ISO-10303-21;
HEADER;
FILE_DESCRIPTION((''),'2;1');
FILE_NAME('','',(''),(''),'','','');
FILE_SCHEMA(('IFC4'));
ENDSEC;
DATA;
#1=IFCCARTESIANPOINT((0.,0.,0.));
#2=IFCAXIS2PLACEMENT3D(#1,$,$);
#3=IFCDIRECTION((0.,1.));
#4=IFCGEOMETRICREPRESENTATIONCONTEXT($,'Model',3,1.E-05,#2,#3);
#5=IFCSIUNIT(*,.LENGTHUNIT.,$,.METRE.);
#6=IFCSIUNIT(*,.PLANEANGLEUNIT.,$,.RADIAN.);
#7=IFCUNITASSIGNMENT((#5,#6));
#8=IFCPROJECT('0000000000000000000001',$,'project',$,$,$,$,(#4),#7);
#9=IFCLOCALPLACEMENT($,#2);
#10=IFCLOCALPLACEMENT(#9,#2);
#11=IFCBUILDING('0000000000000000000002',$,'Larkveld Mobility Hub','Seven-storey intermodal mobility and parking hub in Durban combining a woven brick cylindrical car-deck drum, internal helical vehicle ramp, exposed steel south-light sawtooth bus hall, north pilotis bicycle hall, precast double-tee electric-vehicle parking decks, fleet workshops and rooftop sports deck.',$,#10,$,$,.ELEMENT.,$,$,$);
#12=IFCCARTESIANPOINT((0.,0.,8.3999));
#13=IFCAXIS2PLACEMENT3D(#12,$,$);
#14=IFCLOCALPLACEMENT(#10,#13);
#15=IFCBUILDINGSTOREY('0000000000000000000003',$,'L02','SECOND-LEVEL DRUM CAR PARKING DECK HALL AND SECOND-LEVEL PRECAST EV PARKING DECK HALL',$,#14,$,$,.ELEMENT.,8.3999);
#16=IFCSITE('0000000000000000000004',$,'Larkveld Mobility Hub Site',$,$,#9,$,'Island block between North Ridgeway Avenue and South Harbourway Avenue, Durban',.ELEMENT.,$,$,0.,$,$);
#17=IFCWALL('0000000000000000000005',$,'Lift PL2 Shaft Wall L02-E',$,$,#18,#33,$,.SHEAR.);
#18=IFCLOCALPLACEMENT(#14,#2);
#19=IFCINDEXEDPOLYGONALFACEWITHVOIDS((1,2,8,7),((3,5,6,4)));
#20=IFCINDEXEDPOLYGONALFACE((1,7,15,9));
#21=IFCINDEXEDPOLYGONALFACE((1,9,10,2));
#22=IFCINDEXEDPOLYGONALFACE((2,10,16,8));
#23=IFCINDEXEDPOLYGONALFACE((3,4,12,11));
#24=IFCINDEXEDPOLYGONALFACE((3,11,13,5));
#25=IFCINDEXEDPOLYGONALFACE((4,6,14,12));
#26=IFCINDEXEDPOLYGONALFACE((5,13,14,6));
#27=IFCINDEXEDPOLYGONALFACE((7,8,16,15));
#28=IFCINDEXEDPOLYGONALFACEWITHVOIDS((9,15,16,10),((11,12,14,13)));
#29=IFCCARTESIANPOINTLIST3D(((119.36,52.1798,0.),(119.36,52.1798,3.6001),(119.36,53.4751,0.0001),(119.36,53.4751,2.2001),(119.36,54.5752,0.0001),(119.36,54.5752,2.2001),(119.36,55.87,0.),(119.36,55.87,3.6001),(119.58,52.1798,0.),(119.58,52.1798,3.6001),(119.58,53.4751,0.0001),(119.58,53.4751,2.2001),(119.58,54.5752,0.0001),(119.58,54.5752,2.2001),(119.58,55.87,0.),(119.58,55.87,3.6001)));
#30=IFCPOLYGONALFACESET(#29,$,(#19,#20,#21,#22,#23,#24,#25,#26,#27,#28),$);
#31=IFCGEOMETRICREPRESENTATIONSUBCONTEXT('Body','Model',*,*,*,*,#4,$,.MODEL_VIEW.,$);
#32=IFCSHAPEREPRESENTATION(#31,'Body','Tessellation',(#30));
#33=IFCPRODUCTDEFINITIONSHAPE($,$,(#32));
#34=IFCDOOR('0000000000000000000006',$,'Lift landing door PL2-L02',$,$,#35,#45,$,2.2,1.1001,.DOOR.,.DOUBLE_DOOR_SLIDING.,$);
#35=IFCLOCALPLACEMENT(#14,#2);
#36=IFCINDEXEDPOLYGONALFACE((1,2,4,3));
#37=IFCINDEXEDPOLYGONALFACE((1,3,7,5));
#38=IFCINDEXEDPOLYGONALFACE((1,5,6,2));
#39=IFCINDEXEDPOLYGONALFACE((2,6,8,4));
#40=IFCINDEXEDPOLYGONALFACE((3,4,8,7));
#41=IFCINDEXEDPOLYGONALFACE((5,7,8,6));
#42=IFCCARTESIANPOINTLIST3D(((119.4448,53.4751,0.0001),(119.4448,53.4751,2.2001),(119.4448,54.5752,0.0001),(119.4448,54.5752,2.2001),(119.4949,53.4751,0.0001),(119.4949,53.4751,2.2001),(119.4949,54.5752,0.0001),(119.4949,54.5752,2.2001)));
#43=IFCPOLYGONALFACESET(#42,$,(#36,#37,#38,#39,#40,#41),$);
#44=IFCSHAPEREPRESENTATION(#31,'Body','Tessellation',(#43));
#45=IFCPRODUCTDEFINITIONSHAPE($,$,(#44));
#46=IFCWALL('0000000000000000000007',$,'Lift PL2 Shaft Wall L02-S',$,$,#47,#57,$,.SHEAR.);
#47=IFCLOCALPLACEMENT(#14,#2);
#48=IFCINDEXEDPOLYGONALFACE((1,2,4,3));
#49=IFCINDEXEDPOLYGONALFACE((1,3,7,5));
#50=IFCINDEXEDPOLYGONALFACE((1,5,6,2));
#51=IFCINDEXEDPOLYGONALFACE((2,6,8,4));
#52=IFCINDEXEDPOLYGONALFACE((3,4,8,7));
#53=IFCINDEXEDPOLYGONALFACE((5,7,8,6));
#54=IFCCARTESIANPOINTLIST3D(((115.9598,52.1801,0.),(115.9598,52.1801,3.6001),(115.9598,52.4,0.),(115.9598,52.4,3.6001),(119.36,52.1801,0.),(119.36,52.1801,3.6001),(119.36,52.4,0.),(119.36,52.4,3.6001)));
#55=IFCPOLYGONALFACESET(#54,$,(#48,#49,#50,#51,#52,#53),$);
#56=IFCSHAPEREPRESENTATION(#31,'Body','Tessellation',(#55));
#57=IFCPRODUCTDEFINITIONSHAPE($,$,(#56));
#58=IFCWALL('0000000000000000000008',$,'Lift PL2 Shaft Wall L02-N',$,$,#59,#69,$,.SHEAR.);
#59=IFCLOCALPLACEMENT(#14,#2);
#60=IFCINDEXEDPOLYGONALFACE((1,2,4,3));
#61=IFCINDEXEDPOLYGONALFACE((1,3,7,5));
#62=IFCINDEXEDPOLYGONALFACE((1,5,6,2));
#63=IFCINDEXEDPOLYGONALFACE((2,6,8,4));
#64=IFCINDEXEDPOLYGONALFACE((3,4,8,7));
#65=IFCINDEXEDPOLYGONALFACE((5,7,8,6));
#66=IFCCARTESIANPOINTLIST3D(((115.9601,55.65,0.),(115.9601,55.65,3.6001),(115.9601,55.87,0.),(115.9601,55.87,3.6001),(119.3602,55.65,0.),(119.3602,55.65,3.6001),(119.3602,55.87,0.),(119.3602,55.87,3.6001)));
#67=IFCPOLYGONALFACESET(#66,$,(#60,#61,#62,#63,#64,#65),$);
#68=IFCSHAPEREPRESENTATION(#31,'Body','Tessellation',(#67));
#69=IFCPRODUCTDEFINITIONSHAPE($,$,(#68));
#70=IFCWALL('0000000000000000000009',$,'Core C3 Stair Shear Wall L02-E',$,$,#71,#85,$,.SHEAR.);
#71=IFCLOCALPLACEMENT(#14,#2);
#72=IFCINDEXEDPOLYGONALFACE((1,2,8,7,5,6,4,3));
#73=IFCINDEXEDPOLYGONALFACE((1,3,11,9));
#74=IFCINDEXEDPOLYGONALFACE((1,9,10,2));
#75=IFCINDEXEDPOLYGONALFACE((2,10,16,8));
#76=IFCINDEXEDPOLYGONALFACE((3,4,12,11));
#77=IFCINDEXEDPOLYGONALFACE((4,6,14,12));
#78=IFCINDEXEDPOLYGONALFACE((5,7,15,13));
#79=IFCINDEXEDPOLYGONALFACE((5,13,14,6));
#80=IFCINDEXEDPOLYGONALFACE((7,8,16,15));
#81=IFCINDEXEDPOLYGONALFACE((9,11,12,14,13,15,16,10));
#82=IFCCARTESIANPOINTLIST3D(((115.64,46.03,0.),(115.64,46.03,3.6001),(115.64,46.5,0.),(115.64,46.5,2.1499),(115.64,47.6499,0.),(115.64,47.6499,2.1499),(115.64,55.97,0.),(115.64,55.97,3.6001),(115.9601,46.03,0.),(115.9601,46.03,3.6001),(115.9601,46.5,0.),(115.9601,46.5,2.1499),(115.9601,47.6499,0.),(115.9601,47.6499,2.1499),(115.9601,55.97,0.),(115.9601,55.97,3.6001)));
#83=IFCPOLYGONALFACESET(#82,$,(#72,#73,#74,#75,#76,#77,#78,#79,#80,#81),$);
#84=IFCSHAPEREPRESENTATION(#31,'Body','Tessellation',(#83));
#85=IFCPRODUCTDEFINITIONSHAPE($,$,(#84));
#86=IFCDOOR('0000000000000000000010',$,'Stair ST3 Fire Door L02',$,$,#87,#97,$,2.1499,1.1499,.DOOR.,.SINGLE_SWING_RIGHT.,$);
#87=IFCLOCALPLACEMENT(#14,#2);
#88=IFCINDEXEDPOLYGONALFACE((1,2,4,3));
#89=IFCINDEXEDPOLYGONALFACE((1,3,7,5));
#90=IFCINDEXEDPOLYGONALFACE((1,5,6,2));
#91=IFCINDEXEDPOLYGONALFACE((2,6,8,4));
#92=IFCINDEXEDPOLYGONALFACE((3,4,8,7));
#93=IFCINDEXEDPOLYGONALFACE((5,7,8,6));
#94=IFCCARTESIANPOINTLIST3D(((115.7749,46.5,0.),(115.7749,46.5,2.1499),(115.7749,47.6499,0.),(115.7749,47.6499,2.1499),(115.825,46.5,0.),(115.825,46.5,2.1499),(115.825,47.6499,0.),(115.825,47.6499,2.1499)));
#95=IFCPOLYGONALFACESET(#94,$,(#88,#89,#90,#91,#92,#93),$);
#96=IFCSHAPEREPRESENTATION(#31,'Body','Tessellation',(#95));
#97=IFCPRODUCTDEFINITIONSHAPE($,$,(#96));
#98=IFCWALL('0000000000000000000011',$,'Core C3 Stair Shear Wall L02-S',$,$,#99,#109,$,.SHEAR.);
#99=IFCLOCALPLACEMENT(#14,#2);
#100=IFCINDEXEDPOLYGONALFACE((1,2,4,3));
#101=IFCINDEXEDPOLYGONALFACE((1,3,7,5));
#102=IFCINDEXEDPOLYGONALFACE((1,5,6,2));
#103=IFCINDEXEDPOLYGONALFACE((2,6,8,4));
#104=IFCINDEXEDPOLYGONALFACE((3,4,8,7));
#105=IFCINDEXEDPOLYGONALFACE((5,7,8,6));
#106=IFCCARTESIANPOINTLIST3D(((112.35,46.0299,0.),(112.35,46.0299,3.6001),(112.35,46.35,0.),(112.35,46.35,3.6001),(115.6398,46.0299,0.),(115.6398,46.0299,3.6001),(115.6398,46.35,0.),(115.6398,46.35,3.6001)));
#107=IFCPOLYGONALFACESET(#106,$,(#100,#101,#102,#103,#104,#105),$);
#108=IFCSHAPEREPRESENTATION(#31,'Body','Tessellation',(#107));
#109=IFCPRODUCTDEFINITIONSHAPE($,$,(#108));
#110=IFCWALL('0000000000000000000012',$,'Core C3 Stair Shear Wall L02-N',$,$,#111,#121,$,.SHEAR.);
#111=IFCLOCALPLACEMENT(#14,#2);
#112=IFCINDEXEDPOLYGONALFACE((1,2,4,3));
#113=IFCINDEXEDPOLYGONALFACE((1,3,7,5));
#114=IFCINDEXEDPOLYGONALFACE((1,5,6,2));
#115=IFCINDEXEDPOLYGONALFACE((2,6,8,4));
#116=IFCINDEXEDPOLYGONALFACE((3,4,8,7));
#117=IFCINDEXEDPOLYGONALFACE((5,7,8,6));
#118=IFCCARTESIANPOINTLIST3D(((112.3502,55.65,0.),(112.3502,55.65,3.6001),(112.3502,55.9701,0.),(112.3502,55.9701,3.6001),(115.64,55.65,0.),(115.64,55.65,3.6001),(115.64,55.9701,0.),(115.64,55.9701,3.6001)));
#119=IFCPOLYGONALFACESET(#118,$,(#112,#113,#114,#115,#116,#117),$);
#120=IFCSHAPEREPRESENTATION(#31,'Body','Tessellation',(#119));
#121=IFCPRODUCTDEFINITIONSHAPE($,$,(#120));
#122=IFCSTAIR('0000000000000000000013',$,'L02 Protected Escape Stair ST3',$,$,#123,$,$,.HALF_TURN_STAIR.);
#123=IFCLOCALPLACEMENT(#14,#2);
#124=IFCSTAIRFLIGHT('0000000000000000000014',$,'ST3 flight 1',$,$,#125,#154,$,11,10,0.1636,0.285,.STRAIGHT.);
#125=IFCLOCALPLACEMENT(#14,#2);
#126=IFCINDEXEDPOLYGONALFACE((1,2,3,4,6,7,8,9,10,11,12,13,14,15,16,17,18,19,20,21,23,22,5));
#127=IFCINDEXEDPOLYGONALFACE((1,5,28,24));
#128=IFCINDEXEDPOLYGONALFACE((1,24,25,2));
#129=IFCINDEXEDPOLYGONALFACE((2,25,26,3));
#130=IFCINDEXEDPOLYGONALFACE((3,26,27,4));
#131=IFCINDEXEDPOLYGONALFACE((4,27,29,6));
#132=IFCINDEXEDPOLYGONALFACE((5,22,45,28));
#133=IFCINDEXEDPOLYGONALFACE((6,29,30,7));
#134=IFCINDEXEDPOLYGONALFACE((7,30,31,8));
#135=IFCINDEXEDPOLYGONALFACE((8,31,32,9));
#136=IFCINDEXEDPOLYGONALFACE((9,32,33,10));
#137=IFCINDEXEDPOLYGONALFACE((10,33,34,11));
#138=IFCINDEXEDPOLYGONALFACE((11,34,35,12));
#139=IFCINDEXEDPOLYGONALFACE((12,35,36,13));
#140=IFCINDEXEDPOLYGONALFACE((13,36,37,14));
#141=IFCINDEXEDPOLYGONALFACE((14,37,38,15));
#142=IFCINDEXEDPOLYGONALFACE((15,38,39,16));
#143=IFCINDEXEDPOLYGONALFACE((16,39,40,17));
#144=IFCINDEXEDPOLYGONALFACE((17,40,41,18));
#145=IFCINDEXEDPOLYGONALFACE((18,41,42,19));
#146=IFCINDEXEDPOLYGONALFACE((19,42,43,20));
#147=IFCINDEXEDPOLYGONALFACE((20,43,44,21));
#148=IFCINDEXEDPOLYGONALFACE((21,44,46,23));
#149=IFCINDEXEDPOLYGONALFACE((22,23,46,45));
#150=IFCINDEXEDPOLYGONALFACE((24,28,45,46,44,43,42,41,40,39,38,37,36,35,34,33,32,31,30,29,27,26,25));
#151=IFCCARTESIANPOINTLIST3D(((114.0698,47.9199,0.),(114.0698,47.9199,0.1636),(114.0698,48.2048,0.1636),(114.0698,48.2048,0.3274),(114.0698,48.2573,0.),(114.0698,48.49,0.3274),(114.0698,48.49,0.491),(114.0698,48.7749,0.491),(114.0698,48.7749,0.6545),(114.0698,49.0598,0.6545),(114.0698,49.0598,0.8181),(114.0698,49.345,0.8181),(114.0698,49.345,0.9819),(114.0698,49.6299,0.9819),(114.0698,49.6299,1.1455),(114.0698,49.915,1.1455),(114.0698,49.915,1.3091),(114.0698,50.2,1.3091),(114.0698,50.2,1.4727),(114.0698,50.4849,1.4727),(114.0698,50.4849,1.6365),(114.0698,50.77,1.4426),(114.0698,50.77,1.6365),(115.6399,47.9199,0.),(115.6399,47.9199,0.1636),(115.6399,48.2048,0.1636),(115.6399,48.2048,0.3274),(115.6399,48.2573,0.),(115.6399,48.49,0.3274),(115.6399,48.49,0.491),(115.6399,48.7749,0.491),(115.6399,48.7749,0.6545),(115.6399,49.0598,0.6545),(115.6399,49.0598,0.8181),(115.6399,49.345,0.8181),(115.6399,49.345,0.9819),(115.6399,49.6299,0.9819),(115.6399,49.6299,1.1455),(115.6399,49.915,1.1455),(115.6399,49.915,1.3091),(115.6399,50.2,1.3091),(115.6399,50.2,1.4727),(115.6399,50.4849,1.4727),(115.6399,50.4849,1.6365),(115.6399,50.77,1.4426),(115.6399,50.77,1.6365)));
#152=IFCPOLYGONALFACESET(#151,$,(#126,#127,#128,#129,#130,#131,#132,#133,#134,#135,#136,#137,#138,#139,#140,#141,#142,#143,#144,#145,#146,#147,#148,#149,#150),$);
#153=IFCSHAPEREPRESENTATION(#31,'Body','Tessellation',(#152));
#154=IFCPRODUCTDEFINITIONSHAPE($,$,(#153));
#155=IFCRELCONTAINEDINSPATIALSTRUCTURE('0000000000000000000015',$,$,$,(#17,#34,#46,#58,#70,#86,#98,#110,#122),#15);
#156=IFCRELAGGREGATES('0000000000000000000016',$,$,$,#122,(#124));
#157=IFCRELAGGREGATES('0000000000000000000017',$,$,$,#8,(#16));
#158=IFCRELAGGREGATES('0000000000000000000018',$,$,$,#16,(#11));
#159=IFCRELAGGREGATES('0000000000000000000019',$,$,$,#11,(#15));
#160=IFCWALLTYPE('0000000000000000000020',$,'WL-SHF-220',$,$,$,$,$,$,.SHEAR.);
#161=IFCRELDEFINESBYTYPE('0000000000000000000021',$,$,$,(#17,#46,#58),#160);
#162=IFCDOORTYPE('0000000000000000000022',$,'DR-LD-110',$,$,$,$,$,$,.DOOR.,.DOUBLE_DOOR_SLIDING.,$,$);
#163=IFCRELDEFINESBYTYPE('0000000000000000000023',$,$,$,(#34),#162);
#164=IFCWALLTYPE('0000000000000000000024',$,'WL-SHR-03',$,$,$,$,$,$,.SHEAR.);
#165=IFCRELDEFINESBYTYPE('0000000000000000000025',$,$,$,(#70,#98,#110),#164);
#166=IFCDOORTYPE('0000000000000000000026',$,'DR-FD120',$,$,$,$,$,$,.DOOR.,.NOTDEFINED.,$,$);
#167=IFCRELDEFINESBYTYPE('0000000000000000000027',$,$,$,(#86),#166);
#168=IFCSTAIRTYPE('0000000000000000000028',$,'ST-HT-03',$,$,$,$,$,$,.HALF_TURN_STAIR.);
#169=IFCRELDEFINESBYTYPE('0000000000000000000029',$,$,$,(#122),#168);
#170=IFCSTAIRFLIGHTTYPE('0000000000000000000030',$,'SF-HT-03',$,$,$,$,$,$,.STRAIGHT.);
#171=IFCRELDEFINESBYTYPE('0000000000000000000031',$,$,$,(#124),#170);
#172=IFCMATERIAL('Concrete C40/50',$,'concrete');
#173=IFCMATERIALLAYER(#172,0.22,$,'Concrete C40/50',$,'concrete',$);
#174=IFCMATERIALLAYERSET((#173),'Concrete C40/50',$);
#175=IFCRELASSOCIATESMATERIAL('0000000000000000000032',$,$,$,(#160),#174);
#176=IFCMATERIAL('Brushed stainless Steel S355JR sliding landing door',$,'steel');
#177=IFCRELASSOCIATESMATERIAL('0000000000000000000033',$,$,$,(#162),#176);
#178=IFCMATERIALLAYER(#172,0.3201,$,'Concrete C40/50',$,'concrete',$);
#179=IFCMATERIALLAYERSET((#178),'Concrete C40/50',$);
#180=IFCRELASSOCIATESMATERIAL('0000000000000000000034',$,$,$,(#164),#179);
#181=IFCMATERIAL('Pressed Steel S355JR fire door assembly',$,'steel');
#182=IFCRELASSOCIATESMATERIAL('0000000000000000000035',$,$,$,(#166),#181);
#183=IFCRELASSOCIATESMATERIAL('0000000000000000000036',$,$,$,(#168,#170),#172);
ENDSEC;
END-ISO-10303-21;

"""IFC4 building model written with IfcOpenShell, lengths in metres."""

from ifc_helpers import new_model, si_unit, direction, frame, frame_2d, origin, place, context, subcontext, project, spatial, polyline, rectangle, outline, extrude, material, layer, layer_set, type_object, element, fill, aggregate, save


model = new_model("IFC4")

# Units and contexts
model_context = context("Model", 3, precision=1e-05, world=origin(), true_north=direction((0.0, 1.0)))
body_context = subcontext(model_context, "Body", "Model", "MODEL_VIEW")
ifc_project = project(units=[si_unit("LENGTHUNIT", "METRE"), si_unit("PLANEANGLEUNIT", "RADIAN")], contexts=[model_context])

# Site, building, storey
site_placement = place(None, origin())
site = spatial("IfcSite", under=ifc_project, at=site_placement, Name="Larkveld Mobility Hub Site", LongName="Island block between North Ridgeway Avenue and South Harbourway Avenue, Durban", CompositionType="ELEMENT", RefElevation=0.0)
building_placement = place(site_placement, origin())
building = spatial("IfcBuilding", under=site, at=building_placement, Name="Larkveld Mobility Hub", Description="Seven-storey intermodal mobility and parking hub in Durban combining a woven brick cylindrical car-deck drum, internal helical vehicle ramp, exposed steel south-light sawtooth bus hall, north pilotis bicycle hall, precast double-tee electric-vehicle parking decks, fleet workshops and rooftop sports deck.", CompositionType="ELEMENT")
storey_placement = place(building_placement, frame((0.0, 0.0, 8.3999)))
storey = spatial("IfcBuildingStorey", under=building, at=storey_placement, Name="L02", Description="SECOND-LEVEL DRUM CAR PARKING DECK HALL AND SECOND-LEVEL PRECAST EV PARKING DECK HALL", CompositionType="ELEMENT", Elevation=8.3999)

# Shared definitions
ifc_material_1 = material(Name="Concrete C40/50", Category="concrete")

# Wall, opening, door
ifc_layer_1 = layer(ifc_material_1, 0.22, Name="Concrete C40/50", Category="concrete")
ifc_layer_set_1 = layer_set([ifc_layer_1], Name="Concrete C40/50")
wall_type_1 = type_object("IfcWallType", Name="WL-SHF-220", PredefinedType="SHEAR", material=ifc_layer_set_1)
wall_1_placement = place(storey_placement, frame((119.47, 55.8701, 0.0), z_axis=(0.0, 0.0, 1.0), x_axis=(0.0, -1.0, 0.0)))
wall_1 = element("IfcWall", 1, at=wall_1_placement, inside=storey, type_object=wall_type_1, Name="Lift PL2 Shaft Wall L02-E", PredefinedType="SHEAR", context=body_context, shape_type="SweptSolid", body=[
    extrude(rectangle(XDim=3.6902, YDim=0.22, at=frame_2d((1.8452, 0.0))), origin(), (0.0, 0.0, 1.0), 3.6001),
])
opening_1_placement = place(wall_1_placement, frame((1.2949, 0.0, 0.0)))
opening_1 = element("IfcOpeningElement", 2, at=opening_1_placement, cuts=wall_1, PredefinedType="OPENING", context=body_context, shape_type="SweptSolid", body=[
    extrude(rectangle(XDim=1.1001, YDim=2.2, at=frame_2d((0.55, 1.1001))), frame((0.0, 0.1201, 0.0), z_axis=(0.0, -1.0, 0.0), x_axis=(1.0, 0.0, 0.0)), (0.0, 0.0, 1.0), 0.24),
])
ifc_material_2 = material(Name="Brushed stainless Steel S355JR sliding landing door", Category="steel")
door_type_1 = type_object("IfcDoorType", Name="DR-LD-110", OperationType="DOUBLE_DOOR_SLIDING", PredefinedType="DOOR", material=ifc_material_2)
door_1_placement = place(opening_1_placement, origin())
door_1 = element("IfcDoor", 3, at=door_1_placement, inside=storey, type_object=door_type_1, Name="Lift landing door PL2-L02", OperationType="DOUBLE_DOOR_SLIDING", OverallHeight=2.2, OverallWidth=1.1001, PredefinedType="DOOR", context=body_context, shape_type="SweptSolid", body=[
    extrude(rectangle(XDim=1.1001, YDim=2.2, at=frame_2d((0.55, 1.1001))), frame((0.0, 0.0249, 0.0), z_axis=(0.0, -1.0, 0.0), x_axis=(1.0, 0.0, 0.0)), (0.0, 0.0, 1.0), 0.05),
])
fill(opening_1, door_1)

# Walls
for number, where, z_axis, x_axis, name in (
    (4, (119.3601, 52.29, 0.0), (0.0, 0.0, 1.0), (-1.0, 0.0, 0.0), "Lift PL2 Shaft Wall L02-S"),
    (5, (115.96, 55.76, 0.0), (0.0, 0.0, 1.0), (1.0, 0.0, 0.0), "Lift PL2 Shaft Wall L02-N"),
):
    element("IfcWall", number, at=place(storey_placement, frame(where, z_axis=z_axis, x_axis=x_axis)), inside=storey, type_object=wall_type_1, Name=name, PredefinedType="SHEAR", context=body_context, shape_type="SweptSolid", body=[
        extrude(rectangle(XDim=3.4001, YDim=0.22, at=frame_2d((1.7002, 0.0))), origin(), (0.0, 0.0, 1.0), 3.6001),
    ])

# Wall, opening, door
ifc_layer_2 = layer(ifc_material_1, 0.3201, Name="Concrete C40/50", Category="concrete")
ifc_layer_set_2 = layer_set([ifc_layer_2], Name="Concrete C40/50")
wall_type_2 = type_object("IfcWallType", Name="WL-SHR-03", PredefinedType="SHEAR", material=ifc_layer_set_2)
wall_2_placement = place(storey_placement, frame((115.8, 55.97, 0.0), z_axis=(0.0, 0.0, 1.0), x_axis=(0.0, -1.0, 0.0)))
wall_2 = element("IfcWall", 6, at=wall_2_placement, inside=storey, type_object=wall_type_2, Name="Core C3 Stair Shear Wall L02-E", PredefinedType="SHEAR", context=body_context, shape_type="SweptSolid", body=[
    extrude(rectangle(XDim=9.9399, YDim=0.3201, at=frame_2d((4.97, 0.0))), origin(), (0.0, 0.0, 1.0), 3.6001),
])
opening_2_placement = place(wall_2_placement, frame((8.3201, 0.0, 0.0)))
opening_2 = element("IfcOpeningElement", 7, at=opening_2_placement, cuts=wall_2, PredefinedType="OPENING", context=body_context, shape_type="SweptSolid", body=[
    extrude(rectangle(XDim=1.1499, YDim=2.1499, at=frame_2d((0.575, 1.075))), frame((0.0, 0.1699, 0.0), z_axis=(0.0, -1.0, 0.0), x_axis=(1.0, 0.0, 0.0)), (0.0, 0.0, 1.0), 0.3401),
])
ifc_material_3 = material(Name="Pressed Steel S355JR fire door assembly", Category="steel")
door_type_2 = type_object("IfcDoorType", Name="DR-FD120", OperationType="NOTDEFINED", PredefinedType="DOOR", material=ifc_material_3)
door_2_placement = place(opening_2_placement, origin())
door_2 = element("IfcDoor", 8, at=door_2_placement, inside=storey, type_object=door_type_2, Name="Stair ST3 Fire Door L02", OperationType="SINGLE_SWING_RIGHT", OverallHeight=2.1499, OverallWidth=1.1499, PredefinedType="DOOR", context=body_context, shape_type="SweptSolid", body=[
    extrude(rectangle(XDim=1.1499, YDim=2.1499, at=frame_2d((0.575, 1.075))), frame((0.0, 0.0249, 0.0), z_axis=(0.0, -1.0, 0.0), x_axis=(1.0, 0.0, 0.0)), (0.0, 0.0, 1.0), 0.05),
])
fill(opening_2, door_2)

# Walls
for number, where, z_axis, x_axis, name in (
    (9, (115.6399, 46.1899, 0.0), (0.0, 0.0, 1.0), (-1.0, 0.0, 0.0), "Core C3 Stair Shear Wall L02-S"),
    (10, (112.3501, 55.8101, 0.0), (0.0, 0.0, 1.0), (1.0, 0.0, 0.0), "Core C3 Stair Shear Wall L02-N"),
):
    element("IfcWall", number, at=place(storey_placement, frame(where, z_axis=z_axis, x_axis=x_axis)), inside=storey, type_object=wall_type_2, Name=name, PredefinedType="SHEAR", context=body_context, shape_type="SweptSolid", body=[
        extrude(rectangle(XDim=3.2898, YDim=0.3201, at=frame_2d((1.645, 0.0))), origin(), (0.0, 0.0, 1.0), 3.6001),
    ])

# Stair, stair flight
stair_type = type_object("IfcStairType", Name="ST-HT-03", PredefinedType="HALF_TURN_STAIR", material=ifc_material_1)
stair_placement = place(storey_placement, origin())
stair = element("IfcStair", 11, at=stair_placement, inside=storey, type_object=stair_type, Name="L02 Protected Escape Stair ST3", PredefinedType="HALF_TURN_STAIR")
stair_flight_type = type_object("IfcStairFlightType", Name="SF-HT-03", PredefinedType="STRAIGHT", material=ifc_material_1)
stair_flight_1_placement = place(storey_placement, frame((114.855, 47.9199, 0.0), z_axis=(0.0, 0.0, 1.0), x_axis=(0.0, 1.0, 0.0)))
stair_flight_1 = element("IfcStairFlight", 12, at=stair_flight_1_placement, type_object=stair_flight_type, Name="ST3 flight 1", NumberOfRisers=11, NumberOfTreads=10, PredefinedType="STRAIGHT", RiserHeight=0.1636, TreadLength=0.285, context=body_context, shape_type="SweptSolid", body=[
    extrude(outline(polyline([(0.0, 0.0), (0.0, 0.1636), (0.2849, 0.1636), (0.2849, 0.3274), (0.5701, 0.3274), (0.5701, 0.491), (0.855, 0.491), (0.855, 0.6545), (1.1399, 0.6545), (1.1399, 0.8181), (1.425, 0.8181), (1.425, 0.9819), (1.71, 0.9819), (1.71, 1.1455), (1.9951, 1.1455), (1.9951, 1.3091), (2.28, 1.3091), (2.28, 1.4727), (2.5649, 1.4727), (2.5649, 1.6365), (2.8501, 1.6365), (2.8501, 1.8), (2.8501, 1.4426), (0.3374, 0.0), (0.0, 0.0)])), frame((0.0, 0.7852, 0.0), z_axis=(0.0, -1.0, 0.0), x_axis=(1.0, 0.0, 0.0)), (0.0, 0.0, 1.0), 1.5701),
])
aggregate(stair, [stair_flight_1])

save(model, "model.ifc")
